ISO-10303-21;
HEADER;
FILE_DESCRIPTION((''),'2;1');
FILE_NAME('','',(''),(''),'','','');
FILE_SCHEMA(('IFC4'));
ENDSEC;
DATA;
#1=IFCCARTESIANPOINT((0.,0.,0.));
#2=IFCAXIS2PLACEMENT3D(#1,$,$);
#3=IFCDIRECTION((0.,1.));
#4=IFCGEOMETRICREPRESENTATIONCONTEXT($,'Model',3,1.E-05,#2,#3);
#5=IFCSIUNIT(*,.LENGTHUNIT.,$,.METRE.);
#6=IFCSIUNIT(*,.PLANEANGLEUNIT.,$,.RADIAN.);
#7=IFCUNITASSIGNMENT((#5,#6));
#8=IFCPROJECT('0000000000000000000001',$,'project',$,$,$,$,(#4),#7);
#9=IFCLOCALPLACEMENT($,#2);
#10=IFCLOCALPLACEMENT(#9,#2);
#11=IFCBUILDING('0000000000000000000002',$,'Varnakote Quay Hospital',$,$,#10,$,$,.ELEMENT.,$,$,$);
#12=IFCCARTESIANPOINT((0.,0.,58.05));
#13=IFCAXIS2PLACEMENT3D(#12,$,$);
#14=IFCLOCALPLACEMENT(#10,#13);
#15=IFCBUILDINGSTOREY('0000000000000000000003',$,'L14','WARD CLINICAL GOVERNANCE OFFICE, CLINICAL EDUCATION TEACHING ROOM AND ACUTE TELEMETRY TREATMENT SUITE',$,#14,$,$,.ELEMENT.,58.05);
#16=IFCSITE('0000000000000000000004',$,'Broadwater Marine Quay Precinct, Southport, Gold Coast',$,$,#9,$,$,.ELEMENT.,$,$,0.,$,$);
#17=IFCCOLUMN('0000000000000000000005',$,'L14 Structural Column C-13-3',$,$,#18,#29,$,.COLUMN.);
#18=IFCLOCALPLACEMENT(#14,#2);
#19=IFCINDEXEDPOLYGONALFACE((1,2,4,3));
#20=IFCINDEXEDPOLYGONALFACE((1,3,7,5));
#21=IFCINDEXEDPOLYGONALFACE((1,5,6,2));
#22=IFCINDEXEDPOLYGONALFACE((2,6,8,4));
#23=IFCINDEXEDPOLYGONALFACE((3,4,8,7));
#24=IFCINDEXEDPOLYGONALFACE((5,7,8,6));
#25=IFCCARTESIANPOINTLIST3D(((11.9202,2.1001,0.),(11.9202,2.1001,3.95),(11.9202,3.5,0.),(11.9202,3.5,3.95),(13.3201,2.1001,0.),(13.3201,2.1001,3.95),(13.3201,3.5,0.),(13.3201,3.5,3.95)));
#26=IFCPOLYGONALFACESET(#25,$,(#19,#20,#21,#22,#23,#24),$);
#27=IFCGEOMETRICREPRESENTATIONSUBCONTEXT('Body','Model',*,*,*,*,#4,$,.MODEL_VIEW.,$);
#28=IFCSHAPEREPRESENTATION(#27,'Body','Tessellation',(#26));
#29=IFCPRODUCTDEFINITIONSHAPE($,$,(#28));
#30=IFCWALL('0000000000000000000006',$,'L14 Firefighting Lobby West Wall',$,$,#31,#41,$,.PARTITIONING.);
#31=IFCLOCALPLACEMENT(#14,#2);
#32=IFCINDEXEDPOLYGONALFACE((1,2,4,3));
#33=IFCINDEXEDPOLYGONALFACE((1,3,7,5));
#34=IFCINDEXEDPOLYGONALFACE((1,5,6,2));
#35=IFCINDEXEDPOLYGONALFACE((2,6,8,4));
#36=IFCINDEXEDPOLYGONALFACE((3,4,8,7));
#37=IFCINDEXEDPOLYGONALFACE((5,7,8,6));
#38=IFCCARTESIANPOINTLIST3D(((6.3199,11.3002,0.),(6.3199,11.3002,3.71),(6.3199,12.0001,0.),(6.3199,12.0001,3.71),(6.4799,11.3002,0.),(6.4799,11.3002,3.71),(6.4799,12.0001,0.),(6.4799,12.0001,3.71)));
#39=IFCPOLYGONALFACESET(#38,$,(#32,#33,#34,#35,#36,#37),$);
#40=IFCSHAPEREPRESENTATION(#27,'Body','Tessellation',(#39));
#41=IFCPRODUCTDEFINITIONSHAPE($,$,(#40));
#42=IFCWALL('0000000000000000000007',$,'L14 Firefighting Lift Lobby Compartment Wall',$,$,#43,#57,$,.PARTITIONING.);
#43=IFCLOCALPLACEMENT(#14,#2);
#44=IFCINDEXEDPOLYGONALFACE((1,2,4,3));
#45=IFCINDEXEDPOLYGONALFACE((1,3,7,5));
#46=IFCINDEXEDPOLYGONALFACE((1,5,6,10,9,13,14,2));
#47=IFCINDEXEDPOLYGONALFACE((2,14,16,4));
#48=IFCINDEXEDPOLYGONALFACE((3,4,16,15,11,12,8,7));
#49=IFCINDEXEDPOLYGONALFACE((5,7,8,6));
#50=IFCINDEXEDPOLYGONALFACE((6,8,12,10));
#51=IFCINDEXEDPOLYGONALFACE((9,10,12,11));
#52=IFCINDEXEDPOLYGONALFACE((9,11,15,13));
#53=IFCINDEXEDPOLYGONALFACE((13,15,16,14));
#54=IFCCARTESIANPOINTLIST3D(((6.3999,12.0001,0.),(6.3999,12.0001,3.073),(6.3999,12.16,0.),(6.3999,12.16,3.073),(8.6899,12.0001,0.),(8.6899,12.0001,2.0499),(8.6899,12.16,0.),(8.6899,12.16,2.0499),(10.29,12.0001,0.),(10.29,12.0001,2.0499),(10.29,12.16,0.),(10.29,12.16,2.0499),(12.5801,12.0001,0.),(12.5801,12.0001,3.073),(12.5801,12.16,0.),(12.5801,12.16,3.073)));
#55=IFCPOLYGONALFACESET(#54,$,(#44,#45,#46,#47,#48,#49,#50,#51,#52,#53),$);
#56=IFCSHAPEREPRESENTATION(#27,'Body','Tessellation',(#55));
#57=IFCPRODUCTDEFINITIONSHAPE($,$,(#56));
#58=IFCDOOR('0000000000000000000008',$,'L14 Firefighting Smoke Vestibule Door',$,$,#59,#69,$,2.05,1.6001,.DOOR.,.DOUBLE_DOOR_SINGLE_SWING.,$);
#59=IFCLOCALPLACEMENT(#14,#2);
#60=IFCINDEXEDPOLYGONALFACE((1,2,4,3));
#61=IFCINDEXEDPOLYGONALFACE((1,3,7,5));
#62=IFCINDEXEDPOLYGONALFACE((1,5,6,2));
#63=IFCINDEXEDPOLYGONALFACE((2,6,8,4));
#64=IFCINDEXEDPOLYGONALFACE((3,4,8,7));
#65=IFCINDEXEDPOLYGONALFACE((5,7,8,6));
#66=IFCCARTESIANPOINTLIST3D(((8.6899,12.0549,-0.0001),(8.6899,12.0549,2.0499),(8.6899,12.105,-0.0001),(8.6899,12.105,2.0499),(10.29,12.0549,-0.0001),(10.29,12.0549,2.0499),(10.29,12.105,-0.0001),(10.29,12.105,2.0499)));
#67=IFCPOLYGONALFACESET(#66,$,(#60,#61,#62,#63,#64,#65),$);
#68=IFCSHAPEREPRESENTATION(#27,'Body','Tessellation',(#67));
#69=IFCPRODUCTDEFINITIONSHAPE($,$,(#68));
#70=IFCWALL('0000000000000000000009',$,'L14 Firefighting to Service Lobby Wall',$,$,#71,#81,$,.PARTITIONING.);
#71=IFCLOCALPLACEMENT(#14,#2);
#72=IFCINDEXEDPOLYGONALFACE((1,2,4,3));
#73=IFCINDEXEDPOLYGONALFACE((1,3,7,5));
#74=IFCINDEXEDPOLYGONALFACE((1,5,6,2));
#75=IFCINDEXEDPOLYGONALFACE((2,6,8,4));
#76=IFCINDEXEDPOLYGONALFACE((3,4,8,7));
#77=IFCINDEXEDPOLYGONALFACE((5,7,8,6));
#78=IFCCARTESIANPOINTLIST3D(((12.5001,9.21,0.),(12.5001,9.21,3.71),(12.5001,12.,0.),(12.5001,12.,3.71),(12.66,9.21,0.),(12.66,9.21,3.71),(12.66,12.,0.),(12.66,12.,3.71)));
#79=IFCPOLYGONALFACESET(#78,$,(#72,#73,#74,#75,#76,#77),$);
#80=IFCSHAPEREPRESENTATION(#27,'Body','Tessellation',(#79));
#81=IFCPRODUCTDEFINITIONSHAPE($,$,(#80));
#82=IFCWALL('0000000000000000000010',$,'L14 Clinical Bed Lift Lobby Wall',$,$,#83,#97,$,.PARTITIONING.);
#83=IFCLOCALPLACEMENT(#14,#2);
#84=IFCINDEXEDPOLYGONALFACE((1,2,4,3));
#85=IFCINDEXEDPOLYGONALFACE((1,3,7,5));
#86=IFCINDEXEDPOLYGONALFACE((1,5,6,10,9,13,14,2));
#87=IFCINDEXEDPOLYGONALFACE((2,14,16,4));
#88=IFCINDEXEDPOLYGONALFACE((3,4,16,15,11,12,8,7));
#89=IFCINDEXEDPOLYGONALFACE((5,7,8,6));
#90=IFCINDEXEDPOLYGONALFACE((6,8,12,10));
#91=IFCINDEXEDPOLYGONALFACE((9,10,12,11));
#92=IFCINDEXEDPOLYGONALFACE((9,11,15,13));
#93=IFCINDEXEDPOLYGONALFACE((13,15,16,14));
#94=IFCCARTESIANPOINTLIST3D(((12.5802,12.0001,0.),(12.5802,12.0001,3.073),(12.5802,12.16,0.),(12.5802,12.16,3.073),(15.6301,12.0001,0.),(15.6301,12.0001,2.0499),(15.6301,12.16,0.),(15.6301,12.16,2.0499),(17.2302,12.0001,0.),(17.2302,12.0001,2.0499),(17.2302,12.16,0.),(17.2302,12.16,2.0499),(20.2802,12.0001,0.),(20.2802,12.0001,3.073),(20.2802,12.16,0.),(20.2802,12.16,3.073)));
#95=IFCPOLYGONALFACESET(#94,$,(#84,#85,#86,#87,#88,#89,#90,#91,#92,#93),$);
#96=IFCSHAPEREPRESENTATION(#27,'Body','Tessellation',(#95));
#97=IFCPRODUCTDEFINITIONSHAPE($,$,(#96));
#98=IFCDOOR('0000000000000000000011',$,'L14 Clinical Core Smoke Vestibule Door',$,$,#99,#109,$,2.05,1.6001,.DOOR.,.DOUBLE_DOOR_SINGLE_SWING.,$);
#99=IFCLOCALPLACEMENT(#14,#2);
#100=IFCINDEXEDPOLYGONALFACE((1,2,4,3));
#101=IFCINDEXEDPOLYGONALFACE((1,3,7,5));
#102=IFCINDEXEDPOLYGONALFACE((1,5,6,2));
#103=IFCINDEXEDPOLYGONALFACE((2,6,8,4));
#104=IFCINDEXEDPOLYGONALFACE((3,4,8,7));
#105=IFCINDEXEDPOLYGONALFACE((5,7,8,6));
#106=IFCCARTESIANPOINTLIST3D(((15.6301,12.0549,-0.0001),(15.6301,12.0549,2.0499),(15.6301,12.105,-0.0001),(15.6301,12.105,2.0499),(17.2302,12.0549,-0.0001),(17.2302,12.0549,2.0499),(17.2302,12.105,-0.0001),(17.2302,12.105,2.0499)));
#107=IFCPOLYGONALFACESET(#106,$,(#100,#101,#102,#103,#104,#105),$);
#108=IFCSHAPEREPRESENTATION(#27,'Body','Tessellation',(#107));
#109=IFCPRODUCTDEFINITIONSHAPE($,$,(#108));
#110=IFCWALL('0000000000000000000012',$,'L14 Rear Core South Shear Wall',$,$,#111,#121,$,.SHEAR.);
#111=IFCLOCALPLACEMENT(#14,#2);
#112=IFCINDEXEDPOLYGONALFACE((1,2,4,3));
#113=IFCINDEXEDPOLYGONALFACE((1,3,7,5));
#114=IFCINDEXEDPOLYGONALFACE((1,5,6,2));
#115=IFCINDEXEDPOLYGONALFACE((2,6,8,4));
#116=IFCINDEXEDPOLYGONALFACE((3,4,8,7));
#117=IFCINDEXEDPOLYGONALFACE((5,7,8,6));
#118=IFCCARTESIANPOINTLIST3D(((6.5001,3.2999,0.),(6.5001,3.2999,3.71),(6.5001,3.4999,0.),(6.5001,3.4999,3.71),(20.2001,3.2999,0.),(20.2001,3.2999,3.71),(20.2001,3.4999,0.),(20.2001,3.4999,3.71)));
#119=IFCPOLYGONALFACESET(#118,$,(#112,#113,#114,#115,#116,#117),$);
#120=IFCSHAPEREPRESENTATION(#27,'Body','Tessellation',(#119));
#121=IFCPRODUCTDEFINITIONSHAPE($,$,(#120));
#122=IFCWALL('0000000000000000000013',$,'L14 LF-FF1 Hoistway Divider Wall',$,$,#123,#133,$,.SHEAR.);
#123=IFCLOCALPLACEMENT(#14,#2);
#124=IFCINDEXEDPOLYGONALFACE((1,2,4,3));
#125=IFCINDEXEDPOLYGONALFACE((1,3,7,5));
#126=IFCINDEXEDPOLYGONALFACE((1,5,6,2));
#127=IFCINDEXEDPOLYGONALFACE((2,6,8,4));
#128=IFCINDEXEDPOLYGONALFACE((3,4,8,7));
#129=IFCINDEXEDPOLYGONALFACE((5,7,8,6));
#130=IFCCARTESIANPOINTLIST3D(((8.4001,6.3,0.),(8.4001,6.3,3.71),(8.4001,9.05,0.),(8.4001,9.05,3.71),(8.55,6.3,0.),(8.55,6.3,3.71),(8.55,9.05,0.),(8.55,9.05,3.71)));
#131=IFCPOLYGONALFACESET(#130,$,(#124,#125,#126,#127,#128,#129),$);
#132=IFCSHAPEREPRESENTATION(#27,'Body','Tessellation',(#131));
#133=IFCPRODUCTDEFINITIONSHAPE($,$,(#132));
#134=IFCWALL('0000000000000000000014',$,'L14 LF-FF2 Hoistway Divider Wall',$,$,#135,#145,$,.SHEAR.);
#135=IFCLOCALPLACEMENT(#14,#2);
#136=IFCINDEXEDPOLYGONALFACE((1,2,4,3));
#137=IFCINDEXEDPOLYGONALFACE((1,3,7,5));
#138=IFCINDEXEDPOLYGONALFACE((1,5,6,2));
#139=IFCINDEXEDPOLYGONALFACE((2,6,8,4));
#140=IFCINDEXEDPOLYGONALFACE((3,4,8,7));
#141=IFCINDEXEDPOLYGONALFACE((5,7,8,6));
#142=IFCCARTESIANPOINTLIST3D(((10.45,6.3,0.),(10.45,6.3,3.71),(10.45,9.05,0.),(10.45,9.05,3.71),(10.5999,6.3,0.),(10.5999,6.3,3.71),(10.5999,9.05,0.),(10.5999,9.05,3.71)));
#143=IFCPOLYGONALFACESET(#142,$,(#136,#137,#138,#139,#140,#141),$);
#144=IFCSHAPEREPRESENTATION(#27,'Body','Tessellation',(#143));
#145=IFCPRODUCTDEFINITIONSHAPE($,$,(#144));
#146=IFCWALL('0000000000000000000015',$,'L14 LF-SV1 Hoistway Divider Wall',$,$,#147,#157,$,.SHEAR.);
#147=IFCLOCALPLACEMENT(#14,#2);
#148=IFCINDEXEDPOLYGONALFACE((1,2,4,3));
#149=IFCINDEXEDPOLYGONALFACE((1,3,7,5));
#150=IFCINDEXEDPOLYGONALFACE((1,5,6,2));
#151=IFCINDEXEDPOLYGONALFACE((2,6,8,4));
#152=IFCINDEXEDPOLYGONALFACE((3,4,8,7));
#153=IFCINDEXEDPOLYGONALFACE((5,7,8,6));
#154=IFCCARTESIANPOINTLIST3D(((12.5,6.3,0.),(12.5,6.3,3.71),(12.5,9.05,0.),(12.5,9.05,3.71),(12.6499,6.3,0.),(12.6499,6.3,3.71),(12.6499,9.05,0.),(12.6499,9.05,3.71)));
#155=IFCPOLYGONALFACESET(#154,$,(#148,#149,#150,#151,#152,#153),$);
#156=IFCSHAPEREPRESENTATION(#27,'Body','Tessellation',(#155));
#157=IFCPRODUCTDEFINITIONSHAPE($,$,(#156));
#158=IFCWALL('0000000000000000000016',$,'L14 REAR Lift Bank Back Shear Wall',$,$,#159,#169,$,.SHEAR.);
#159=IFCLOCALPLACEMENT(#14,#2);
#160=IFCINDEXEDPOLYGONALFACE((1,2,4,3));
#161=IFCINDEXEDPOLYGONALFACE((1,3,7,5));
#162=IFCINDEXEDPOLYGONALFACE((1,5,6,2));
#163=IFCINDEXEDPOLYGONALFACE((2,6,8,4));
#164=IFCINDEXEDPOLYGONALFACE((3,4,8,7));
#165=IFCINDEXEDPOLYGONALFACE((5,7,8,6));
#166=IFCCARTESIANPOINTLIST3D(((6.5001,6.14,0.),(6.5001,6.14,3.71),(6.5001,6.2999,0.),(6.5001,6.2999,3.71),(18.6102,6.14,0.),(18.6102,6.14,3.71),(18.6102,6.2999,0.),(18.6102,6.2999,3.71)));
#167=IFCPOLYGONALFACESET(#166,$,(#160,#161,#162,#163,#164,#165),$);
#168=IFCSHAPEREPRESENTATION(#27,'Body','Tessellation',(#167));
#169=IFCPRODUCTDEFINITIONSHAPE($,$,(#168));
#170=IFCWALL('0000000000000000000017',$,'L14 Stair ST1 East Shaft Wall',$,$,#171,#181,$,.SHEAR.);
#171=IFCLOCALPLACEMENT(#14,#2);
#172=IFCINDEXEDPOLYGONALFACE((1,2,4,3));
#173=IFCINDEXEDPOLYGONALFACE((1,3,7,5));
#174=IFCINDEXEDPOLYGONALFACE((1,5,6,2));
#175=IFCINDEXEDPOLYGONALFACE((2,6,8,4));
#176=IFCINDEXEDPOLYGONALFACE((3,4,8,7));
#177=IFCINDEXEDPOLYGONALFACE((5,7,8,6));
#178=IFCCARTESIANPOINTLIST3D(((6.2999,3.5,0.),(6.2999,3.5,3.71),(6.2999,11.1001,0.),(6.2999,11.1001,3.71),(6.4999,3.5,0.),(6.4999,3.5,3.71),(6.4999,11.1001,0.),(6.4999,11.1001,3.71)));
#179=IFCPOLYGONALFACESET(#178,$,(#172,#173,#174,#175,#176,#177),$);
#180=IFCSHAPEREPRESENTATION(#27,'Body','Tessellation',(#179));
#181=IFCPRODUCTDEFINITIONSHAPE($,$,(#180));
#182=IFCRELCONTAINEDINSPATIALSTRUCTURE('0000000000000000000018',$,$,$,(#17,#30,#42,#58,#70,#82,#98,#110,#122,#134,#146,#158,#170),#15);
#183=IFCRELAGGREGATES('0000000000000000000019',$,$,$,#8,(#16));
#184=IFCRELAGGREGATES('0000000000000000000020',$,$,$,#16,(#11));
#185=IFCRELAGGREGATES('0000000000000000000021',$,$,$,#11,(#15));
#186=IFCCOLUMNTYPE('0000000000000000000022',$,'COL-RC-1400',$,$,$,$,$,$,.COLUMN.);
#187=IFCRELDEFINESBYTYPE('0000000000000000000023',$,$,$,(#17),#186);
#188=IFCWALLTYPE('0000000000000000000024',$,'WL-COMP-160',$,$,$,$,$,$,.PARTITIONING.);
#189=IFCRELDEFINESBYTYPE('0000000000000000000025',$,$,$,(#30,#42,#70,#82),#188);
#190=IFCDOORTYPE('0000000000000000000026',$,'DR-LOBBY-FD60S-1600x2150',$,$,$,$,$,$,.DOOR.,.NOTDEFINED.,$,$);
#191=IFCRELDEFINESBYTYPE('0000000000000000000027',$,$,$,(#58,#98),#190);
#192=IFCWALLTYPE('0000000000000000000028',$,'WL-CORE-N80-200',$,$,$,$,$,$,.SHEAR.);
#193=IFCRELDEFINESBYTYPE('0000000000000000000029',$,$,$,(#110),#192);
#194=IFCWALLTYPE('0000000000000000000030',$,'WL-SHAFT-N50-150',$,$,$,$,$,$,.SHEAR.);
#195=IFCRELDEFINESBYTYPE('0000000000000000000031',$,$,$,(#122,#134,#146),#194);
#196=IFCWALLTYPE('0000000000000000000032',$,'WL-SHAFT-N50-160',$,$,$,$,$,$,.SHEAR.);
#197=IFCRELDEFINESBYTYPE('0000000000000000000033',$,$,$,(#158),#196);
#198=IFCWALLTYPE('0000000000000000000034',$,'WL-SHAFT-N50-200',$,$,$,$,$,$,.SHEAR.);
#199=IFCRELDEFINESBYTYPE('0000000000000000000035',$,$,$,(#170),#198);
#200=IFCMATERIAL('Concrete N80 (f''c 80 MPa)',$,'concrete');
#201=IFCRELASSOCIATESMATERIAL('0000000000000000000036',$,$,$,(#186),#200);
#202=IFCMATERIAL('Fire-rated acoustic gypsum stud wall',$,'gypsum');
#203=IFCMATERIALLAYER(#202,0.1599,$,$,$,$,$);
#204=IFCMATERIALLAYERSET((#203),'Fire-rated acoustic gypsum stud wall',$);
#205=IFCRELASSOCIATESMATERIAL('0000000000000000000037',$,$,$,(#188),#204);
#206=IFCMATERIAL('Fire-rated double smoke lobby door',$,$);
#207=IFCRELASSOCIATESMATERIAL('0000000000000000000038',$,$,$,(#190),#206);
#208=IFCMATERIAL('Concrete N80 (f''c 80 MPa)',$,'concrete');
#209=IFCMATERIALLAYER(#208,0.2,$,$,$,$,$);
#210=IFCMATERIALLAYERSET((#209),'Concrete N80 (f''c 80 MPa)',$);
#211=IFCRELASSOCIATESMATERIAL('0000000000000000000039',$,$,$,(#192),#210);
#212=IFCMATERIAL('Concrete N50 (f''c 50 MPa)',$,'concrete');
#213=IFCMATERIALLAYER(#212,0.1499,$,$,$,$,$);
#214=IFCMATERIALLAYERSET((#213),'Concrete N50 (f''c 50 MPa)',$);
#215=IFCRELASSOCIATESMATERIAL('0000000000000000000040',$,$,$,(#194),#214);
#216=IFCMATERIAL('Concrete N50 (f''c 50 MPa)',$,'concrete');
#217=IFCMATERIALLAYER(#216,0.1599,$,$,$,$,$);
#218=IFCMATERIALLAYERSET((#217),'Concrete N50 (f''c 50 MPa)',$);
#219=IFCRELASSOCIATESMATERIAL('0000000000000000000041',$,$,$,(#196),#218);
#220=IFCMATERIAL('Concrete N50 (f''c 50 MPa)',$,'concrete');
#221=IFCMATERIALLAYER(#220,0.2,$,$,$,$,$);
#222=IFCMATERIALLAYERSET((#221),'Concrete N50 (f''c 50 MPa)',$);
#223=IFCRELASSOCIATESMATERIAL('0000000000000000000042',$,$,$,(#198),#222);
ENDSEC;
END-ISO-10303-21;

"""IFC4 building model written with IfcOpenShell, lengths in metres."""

from ifc_helpers import new_model, si_unit, direction, frame, frame_2d, origin, origin_2d, place, context, subcontext, project, spatial, rectangle, extrude, material, layer, layer_set, material_profile, profile_set, type_object, element, fill, save


model = new_model("IFC4")

# Units and contexts
model_context = context("Model", 3, precision=1e-05, world=origin(), true_north=direction((0.0, 1.0)))
body_context = subcontext(model_context, "Body", "Model", "MODEL_VIEW")
ifc_project = project(units=[si_unit("LENGTHUNIT", "METRE"), si_unit("PLANEANGLEUNIT", "RADIAN")], contexts=[model_context])

# Site, building, storey
site_placement = place(None, origin())
site = spatial("IfcSite", under=ifc_project, at=site_placement, Name="Broadwater Marine Quay Precinct, Southport, Gold Coast", CompositionType="ELEMENT", RefElevation=0.0)
building_placement = place(site_placement, origin())
building = spatial("IfcBuilding", under=site, at=building_placement, Name="Varnakote Quay Hospital", CompositionType="ELEMENT")
storey_placement = place(building_placement, frame((0.0, 0.0, 58.05)))
storey = spatial("IfcBuildingStorey", under=building, at=storey_placement, Name="L14", Description="WARD CLINICAL GOVERNANCE OFFICE, CLINICAL EDUCATION TEACHING ROOM AND ACUTE TELEMETRY TREATMENT SUITE", CompositionType="ELEMENT", Elevation=58.05)

# Column
ifc_material_1 = material(Name="Concrete N80 (f'c 80 MPa)", Category="concrete")
ifc_material_profile = material_profile(ifc_material_1, rectangle(XDim=1.3999, YDim=1.3999, at=origin_2d()), Name="RC-COL-1400x1400")
ifc_profile_set = profile_set([ifc_material_profile], Name="Concrete N80 (f'c 80 MPa)")
column_type = type_object("IfcColumnType", Name="COL-RC-1400", PredefinedType="COLUMN", material=ifc_profile_set)
column_placement = place(storey_placement, frame((12.6201, 2.8, 0.0), z_axis=(0.0, 0.0, 1.0), x_axis=(1.0, 0.0, 0.0)))
element("IfcColumn", 1, at=column_placement, inside=storey, type_object=column_type, Name="L14 Structural Column C-13-3", PredefinedType="COLUMN", context=body_context, shape_type="SweptSolid", body=[
    extrude(rectangle(XDim=1.3999, YDim=1.3999, at=origin_2d()), origin(), (0.0, 0.0, 1.0), 3.95),
])

# Wall
ifc_material_2 = material(Name="Fire-rated acoustic gypsum stud wall", Category="gypsum")
ifc_layer_1 = layer(ifc_material_2, 0.1599)
ifc_layer_set_1 = layer_set([ifc_layer_1], Name="Fire-rated acoustic gypsum stud wall")
wall_type_1 = type_object("IfcWallType", Name="WL-COMP-160", PredefinedType="PARTITIONING", material=ifc_layer_set_1)
wall_1_placement = place(storey_placement, frame((6.3999, 11.3, 0.0), z_axis=(0.0, 0.0, 1.0), x_axis=(0.0, 1.0, 0.0)))
element("IfcWall", 2, at=wall_1_placement, inside=storey, type_object=wall_type_1, Name="L14 Firefighting Lobby West Wall", PredefinedType="PARTITIONING", context=body_context, shape_type="SweptSolid", body=[
    extrude(rectangle(XDim=0.7, YDim=0.1599, at=frame_2d((0.3501, 0.0))), origin(), (0.0, 0.0, 1.0), 3.71),
])

# Wall, opening, door
wall_2_placement = place(storey_placement, frame((6.3999, 12.0801, 0.0), z_axis=(0.0, 0.0, 1.0), x_axis=(1.0, 0.0, 0.0)))
wall_2 = element("IfcWall", 3, at=wall_2_placement, inside=storey, type_object=wall_type_1, Name="L14 Firefighting Lift Lobby Compartment Wall", PredefinedType="PARTITIONING", context=body_context, shape_type="SweptSolid", body=[
    extrude(rectangle(XDim=6.1802, YDim=0.1599, at=frame_2d((3.0901, 0.0))), origin(), (0.0, 0.0, 1.0), 3.073),
])
opening_1_placement = place(wall_2_placement, frame((2.29, 0.0, 0.0)))
opening_1 = element("IfcOpeningElement", 4, at=opening_1_placement, cuts=wall_2, PredefinedType="OPENING", context=body_context, shape_type="SweptSolid", body=[
    extrude(rectangle(XDim=1.6001, YDim=2.05, at=frame_2d((0.8, 1.0249))), frame((0.0, 0.0898, 0.0), z_axis=(0.0, -1.0, 0.0), x_axis=(1.0, 0.0, 0.0)), (0.0, 0.0, 1.0), 0.1799),
])
ifc_material_3 = material(Name="Fire-rated double smoke lobby door")
door_type_1 = type_object("IfcDoorType", Name="DR-LOBBY-FD60S-1600x2150", OperationType="NOTDEFINED", PredefinedType="DOOR", material=ifc_material_3)
door_1_placement = place(opening_1_placement, origin())
door_1 = element("IfcDoor", 5, at=door_1_placement, inside=storey, type_object=door_type_1, Name="L14 Firefighting Smoke Vestibule Door", OperationType="DOUBLE_DOOR_SINGLE_SWING", OverallHeight=2.05, OverallWidth=1.6001, PredefinedType="DOOR", context=body_context, shape_type="SweptSolid", body=[
    extrude(rectangle(XDim=1.6001, YDim=2.05, at=frame_2d((0.8, 1.0249))), frame((0.0, 0.0249, 0.0), z_axis=(0.0, -1.0, 0.0), x_axis=(1.0, 0.0, 0.0)), (0.0, 0.0, 1.0), 0.05),
])
fill(opening_1, door_1)

# Wall
wall_3_placement = place(storey_placement, frame((12.5801, 9.21, 0.0), z_axis=(0.0, 0.0, 1.0), x_axis=(0.0, 1.0, 0.0)))
element("IfcWall", 6, at=wall_3_placement, inside=storey, type_object=wall_type_1, Name="L14 Firefighting to Service Lobby Wall", PredefinedType="PARTITIONING", context=body_context, shape_type="SweptSolid", body=[
    extrude(rectangle(XDim=2.79, YDim=0.1599, at=frame_2d((1.395, 0.0))), origin(), (0.0, 0.0, 1.0), 3.71),
])

# Wall, opening, door
wall_4_placement = place(storey_placement, frame((12.5801, 12.0801, 0.0), z_axis=(0.0, 0.0, 1.0), x_axis=(1.0, 0.0, 0.0)))
wall_4 = element("IfcWall", 7, at=wall_4_placement, inside=storey, type_object=wall_type_1, Name="L14 Clinical Bed Lift Lobby Wall", PredefinedType="PARTITIONING", context=body_context, shape_type="SweptSolid", body=[
    extrude(rectangle(XDim=7.7, YDim=0.1599, at=frame_2d((3.8501, 0.0))), origin(), (0.0, 0.0, 1.0), 3.073),
])
opening_2_placement = place(wall_4_placement, frame((3.05, 0.0, 0.0)))
opening_2 = element("IfcOpeningElement", 8, at=opening_2_placement, cuts=wall_4, PredefinedType="OPENING", context=body_context, shape_type="SweptSolid", body=[
    extrude(rectangle(XDim=1.6001, YDim=2.05, at=frame_2d((0.8, 1.0249))), frame((0.0, 0.0898, 0.0), z_axis=(0.0, -1.0, 0.0), x_axis=(1.0, 0.0, 0.0)), (0.0, 0.0, 1.0), 0.1799),
])
door_2_placement = place(opening_2_placement, origin())
door_2 = element("IfcDoor", 9, at=door_2_placement, inside=storey, type_object=door_type_1, Name="L14 Clinical Core Smoke Vestibule Door", OperationType="DOUBLE_DOOR_SINGLE_SWING", OverallHeight=2.05, OverallWidth=1.6001, PredefinedType="DOOR", context=body_context, shape_type="SweptSolid", body=[
    extrude(rectangle(XDim=1.6001, YDim=2.05, at=frame_2d((0.8, 1.0249))), frame((0.0, 0.0249, 0.0), z_axis=(0.0, -1.0, 0.0), x_axis=(1.0, 0.0, 0.0)), (0.0, 0.0, 1.0), 0.05),
])
fill(opening_2, door_2)

# Walls
ifc_material_4 = material(Name="Concrete N80 (f'c 80 MPa)", Category="concrete")
ifc_layer_2 = layer(ifc_material_4, 0.2)
ifc_layer_set_2 = layer_set([ifc_layer_2], Name="Concrete N80 (f'c 80 MPa)")
wall_type_2 = type_object("IfcWallType", Name="WL-CORE-N80-200", PredefinedType="SHEAR", material=ifc_layer_set_2)
wall_5_placement = place(storey_placement, frame((6.5, 3.3999, 0.0), z_axis=(0.0, 0.0, 1.0), x_axis=(1.0, 0.0, 0.0)))
element("IfcWall", 10, at=wall_5_placement, inside=storey, type_object=wall_type_2, Name="L14 Rear Core South Shear Wall", PredefinedType="SHEAR", context=body_context, shape_type="SweptSolid", body=[
    extrude(rectangle(XDim=13.7, YDim=0.2, at=frame_2d((6.8501, 0.0))), origin(), (0.0, 0.0, 1.0), 3.71),
])
ifc_material_5 = material(Name="Concrete N50 (f'c 50 MPa)", Category="concrete")
ifc_layer_3 = layer(ifc_material_5, 0.1499)
ifc_layer_set_3 = layer_set([ifc_layer_3], Name="Concrete N50 (f'c 50 MPa)")
wall_type_3 = type_object("IfcWallType", Name="WL-SHAFT-N50-150", PredefinedType="SHEAR", material=ifc_layer_set_3)
for number, where, z_axis, x_axis, name in (
    (11, (8.4751, 6.3, 0.0), (0.0, 0.0, 1.0), (0.0, 1.0, 0.0), "L14 LF-FF1 Hoistway Divider Wall"),
    (12, (10.5249, 6.3, 0.0), (0.0, 0.0, 1.0), (0.0, 1.0, 0.0), "L14 LF-FF2 Hoistway Divider Wall"),
    (13, (12.575, 6.3, 0.0), (0.0, 0.0, 1.0), (0.0, 1.0, 0.0), "L14 LF-SV1 Hoistway Divider Wall"),
):
    element("IfcWall", number, at=place(storey_placement, frame(where, z_axis=z_axis, x_axis=x_axis)), inside=storey, type_object=wall_type_3, Name=name, PredefinedType="SHEAR", context=body_context, shape_type="SweptSolid", body=[
        extrude(rectangle(XDim=2.75, YDim=0.1499, at=frame_2d((1.375, 0.0))), origin(), (0.0, 0.0, 1.0), 3.71),
    ])
ifc_material_6 = material(Name="Concrete N50 (f'c 50 MPa)", Category="concrete")
ifc_layer_4 = layer(ifc_material_6, 0.1599)
ifc_layer_set_4 = layer_set([ifc_layer_4], Name="Concrete N50 (f'c 50 MPa)")
wall_type_4 = type_object("IfcWallType", Name="WL-SHAFT-N50-160", PredefinedType="SHEAR", material=ifc_layer_set_4)
wall_6_placement = place(storey_placement, frame((6.5, 6.22, 0.0), z_axis=(0.0, 0.0, 1.0), x_axis=(1.0, 0.0, 0.0)))
element("IfcWall", 14, at=wall_6_placement, inside=storey, type_object=wall_type_4, Name="L14 REAR Lift Bank Back Shear Wall", PredefinedType="SHEAR", context=body_context, shape_type="SweptSolid", body=[
    extrude(rectangle(XDim=12.1101, YDim=0.1599, at=frame_2d((6.0552, 0.0))), origin(), (0.0, 0.0, 1.0), 3.71),
])

# Wall
ifc_material_7 = material(Name="Concrete N50 (f'c 50 MPa)", Category="concrete")
ifc_layer_5 = layer(ifc_material_7, 0.2)
ifc_layer_set_5 = layer_set([ifc_layer_5], Name="Concrete N50 (f'c 50 MPa)")
wall_type_5 = type_object("IfcWallType", Name="WL-SHAFT-N50-200", PredefinedType="SHEAR", material=ifc_layer_set_5)
wall_7_placement = place(storey_placement, frame((6.3999, 3.5, 0.0), z_axis=(0.0, 0.0, 1.0), x_axis=(0.0, 1.0, 0.0)))
element("IfcWall", 15, at=wall_7_placement, inside=storey, type_object=wall_type_5, Name="L14 Stair ST1 East Shaft Wall", PredefinedType="SHEAR", context=body_context, shape_type="SweptSolid", body=[
    extrude(rectangle(XDim=7.6001, YDim=0.2, at=frame_2d((3.8, 0.0))), origin(), (0.0, 0.0, 1.0), 3.71),
])

save(model, "model.ifc")
